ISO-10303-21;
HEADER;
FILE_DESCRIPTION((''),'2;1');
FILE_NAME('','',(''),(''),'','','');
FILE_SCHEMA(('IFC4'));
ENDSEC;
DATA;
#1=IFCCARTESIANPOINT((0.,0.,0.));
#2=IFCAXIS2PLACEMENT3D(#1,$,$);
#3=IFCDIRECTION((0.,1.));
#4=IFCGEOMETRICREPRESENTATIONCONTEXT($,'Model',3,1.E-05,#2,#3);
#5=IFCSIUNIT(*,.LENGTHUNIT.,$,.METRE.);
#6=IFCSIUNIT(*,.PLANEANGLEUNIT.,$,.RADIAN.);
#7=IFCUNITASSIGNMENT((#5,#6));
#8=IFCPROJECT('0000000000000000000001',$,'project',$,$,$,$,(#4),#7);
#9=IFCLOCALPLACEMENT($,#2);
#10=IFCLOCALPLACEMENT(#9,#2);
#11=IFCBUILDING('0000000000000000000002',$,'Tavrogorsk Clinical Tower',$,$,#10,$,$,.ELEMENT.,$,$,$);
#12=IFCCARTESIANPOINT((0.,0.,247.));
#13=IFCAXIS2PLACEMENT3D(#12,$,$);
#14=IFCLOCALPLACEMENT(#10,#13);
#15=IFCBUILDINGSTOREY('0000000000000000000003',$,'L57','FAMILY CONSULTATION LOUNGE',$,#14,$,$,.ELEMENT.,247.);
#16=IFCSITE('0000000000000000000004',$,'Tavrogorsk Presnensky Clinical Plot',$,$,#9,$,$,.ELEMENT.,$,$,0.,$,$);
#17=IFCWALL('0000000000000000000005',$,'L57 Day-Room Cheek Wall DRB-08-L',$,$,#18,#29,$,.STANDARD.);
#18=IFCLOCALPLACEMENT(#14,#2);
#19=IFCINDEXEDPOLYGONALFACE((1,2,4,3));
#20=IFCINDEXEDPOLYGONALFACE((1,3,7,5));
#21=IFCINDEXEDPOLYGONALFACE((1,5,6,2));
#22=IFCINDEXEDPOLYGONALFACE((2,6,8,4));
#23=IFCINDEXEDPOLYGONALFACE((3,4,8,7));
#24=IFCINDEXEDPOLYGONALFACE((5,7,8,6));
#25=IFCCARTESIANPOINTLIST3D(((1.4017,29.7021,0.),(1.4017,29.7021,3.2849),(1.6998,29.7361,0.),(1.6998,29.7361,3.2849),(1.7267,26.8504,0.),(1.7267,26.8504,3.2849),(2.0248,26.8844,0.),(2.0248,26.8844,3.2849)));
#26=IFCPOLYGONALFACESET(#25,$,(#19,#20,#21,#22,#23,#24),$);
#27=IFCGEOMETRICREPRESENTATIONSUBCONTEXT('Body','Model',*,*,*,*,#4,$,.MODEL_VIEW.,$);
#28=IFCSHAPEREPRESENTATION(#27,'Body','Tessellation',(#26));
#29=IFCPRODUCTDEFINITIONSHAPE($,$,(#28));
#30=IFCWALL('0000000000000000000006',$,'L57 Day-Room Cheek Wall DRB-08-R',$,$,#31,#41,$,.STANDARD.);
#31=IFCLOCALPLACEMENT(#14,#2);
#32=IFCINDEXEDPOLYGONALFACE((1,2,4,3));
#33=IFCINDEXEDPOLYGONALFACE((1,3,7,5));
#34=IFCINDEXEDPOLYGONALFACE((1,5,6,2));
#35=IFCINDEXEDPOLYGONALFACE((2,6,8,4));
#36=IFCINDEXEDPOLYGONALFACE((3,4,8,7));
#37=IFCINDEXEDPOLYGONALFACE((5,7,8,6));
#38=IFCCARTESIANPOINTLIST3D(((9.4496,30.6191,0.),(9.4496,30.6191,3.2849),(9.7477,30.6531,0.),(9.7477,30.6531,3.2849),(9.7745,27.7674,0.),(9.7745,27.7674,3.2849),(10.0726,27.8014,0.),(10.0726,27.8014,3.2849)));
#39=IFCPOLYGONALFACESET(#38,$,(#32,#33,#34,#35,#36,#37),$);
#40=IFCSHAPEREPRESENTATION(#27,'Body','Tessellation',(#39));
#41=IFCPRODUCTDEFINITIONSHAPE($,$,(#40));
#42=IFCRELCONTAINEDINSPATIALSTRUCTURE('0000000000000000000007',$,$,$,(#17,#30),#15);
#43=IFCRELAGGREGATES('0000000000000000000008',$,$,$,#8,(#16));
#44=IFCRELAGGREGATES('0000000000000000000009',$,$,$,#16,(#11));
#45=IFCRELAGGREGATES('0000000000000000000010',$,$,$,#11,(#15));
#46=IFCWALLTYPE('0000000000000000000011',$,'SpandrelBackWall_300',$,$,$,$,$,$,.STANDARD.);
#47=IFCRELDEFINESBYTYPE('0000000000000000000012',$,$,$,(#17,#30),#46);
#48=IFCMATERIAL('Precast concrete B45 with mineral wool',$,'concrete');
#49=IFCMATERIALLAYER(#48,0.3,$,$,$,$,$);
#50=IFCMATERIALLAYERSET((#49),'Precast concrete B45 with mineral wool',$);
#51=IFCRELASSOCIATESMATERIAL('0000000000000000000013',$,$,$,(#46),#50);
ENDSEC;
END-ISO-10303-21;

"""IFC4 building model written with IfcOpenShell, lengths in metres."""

from ifc_helpers import new_model, si_unit, direction, frame, frame_2d, origin, place, context, subcontext, project, spatial, rectangle, extrude, material, layer, layer_set, type_object, element, save


model = new_model("IFC4")

# Units and contexts
model_context = context("Model", 3, precision=1e-05, world=origin(), true_north=direction((0.0, 1.0)))
body_context = subcontext(model_context, "Body", "Model", "MODEL_VIEW")
ifc_project = project(units=[si_unit("LENGTHUNIT", "METRE"), si_unit("PLANEANGLEUNIT", "RADIAN")], contexts=[model_context])

# Site, building, storey
site_placement = place(None, origin())
site = spatial("IfcSite", under=ifc_project, at=site_placement, Name="Tavrogorsk Presnensky Clinical Plot", CompositionType="ELEMENT", RefElevation=0.0)
building_placement = place(site_placement, origin())
building = spatial("IfcBuilding", under=site, at=building_placement, Name="Tavrogorsk Clinical Tower", CompositionType="ELEMENT")
storey_placement = place(building_placement, frame((0.0, 0.0, 247.0)))
storey = spatial("IfcBuildingStorey", under=building, at=storey_placement, Name="L57", Description="FAMILY CONSULTATION LOUNGE", CompositionType="ELEMENT", Elevation=247.0)

# Walls
ifc_material_1 = material(Name="Precast concrete B45 with mineral wool", Category="concrete")
ifc_layer_1 = layer(ifc_material_1, 0.3)
ifc_layer_set_1 = layer_set([ifc_layer_1], Name="Precast concrete B45 with mineral wool")
wall_type_1 = type_object("IfcWallType", Name="SpandrelBackWall_300", PredefinedType="STANDARD", material=ifc_layer_set_1)
for number, where, z_axis, x_axis, name in (
    (1, (1.8757, 26.8674, 0.0), (0.0, 0.0, 1.0), (-0.113223, 0.99357, 0.0), "L57 Day-Room Cheek Wall DRB-08-L"),
    (2, (9.9236, 27.7844, 0.0), (0.0, 0.0, 1.0), (-0.113223, 0.99357, 0.0), "L57 Day-Room Cheek Wall DRB-08-R"),
):
    element("IfcWall", number, at=place(storey_placement, frame(where, z_axis=z_axis, x_axis=x_axis)), inside=storey, type_object=wall_type_1, Name=name, PredefinedType="STANDARD", context=body_context, shape_type="SweptSolid", body=[
        extrude(rectangle(XDim=2.8701, YDim=0.3, at=frame_2d((1.4351, 0.0))), origin(), (0.0, 0.0, 1.0), 3.2849),
    ])

save(model, "model.ifc")
